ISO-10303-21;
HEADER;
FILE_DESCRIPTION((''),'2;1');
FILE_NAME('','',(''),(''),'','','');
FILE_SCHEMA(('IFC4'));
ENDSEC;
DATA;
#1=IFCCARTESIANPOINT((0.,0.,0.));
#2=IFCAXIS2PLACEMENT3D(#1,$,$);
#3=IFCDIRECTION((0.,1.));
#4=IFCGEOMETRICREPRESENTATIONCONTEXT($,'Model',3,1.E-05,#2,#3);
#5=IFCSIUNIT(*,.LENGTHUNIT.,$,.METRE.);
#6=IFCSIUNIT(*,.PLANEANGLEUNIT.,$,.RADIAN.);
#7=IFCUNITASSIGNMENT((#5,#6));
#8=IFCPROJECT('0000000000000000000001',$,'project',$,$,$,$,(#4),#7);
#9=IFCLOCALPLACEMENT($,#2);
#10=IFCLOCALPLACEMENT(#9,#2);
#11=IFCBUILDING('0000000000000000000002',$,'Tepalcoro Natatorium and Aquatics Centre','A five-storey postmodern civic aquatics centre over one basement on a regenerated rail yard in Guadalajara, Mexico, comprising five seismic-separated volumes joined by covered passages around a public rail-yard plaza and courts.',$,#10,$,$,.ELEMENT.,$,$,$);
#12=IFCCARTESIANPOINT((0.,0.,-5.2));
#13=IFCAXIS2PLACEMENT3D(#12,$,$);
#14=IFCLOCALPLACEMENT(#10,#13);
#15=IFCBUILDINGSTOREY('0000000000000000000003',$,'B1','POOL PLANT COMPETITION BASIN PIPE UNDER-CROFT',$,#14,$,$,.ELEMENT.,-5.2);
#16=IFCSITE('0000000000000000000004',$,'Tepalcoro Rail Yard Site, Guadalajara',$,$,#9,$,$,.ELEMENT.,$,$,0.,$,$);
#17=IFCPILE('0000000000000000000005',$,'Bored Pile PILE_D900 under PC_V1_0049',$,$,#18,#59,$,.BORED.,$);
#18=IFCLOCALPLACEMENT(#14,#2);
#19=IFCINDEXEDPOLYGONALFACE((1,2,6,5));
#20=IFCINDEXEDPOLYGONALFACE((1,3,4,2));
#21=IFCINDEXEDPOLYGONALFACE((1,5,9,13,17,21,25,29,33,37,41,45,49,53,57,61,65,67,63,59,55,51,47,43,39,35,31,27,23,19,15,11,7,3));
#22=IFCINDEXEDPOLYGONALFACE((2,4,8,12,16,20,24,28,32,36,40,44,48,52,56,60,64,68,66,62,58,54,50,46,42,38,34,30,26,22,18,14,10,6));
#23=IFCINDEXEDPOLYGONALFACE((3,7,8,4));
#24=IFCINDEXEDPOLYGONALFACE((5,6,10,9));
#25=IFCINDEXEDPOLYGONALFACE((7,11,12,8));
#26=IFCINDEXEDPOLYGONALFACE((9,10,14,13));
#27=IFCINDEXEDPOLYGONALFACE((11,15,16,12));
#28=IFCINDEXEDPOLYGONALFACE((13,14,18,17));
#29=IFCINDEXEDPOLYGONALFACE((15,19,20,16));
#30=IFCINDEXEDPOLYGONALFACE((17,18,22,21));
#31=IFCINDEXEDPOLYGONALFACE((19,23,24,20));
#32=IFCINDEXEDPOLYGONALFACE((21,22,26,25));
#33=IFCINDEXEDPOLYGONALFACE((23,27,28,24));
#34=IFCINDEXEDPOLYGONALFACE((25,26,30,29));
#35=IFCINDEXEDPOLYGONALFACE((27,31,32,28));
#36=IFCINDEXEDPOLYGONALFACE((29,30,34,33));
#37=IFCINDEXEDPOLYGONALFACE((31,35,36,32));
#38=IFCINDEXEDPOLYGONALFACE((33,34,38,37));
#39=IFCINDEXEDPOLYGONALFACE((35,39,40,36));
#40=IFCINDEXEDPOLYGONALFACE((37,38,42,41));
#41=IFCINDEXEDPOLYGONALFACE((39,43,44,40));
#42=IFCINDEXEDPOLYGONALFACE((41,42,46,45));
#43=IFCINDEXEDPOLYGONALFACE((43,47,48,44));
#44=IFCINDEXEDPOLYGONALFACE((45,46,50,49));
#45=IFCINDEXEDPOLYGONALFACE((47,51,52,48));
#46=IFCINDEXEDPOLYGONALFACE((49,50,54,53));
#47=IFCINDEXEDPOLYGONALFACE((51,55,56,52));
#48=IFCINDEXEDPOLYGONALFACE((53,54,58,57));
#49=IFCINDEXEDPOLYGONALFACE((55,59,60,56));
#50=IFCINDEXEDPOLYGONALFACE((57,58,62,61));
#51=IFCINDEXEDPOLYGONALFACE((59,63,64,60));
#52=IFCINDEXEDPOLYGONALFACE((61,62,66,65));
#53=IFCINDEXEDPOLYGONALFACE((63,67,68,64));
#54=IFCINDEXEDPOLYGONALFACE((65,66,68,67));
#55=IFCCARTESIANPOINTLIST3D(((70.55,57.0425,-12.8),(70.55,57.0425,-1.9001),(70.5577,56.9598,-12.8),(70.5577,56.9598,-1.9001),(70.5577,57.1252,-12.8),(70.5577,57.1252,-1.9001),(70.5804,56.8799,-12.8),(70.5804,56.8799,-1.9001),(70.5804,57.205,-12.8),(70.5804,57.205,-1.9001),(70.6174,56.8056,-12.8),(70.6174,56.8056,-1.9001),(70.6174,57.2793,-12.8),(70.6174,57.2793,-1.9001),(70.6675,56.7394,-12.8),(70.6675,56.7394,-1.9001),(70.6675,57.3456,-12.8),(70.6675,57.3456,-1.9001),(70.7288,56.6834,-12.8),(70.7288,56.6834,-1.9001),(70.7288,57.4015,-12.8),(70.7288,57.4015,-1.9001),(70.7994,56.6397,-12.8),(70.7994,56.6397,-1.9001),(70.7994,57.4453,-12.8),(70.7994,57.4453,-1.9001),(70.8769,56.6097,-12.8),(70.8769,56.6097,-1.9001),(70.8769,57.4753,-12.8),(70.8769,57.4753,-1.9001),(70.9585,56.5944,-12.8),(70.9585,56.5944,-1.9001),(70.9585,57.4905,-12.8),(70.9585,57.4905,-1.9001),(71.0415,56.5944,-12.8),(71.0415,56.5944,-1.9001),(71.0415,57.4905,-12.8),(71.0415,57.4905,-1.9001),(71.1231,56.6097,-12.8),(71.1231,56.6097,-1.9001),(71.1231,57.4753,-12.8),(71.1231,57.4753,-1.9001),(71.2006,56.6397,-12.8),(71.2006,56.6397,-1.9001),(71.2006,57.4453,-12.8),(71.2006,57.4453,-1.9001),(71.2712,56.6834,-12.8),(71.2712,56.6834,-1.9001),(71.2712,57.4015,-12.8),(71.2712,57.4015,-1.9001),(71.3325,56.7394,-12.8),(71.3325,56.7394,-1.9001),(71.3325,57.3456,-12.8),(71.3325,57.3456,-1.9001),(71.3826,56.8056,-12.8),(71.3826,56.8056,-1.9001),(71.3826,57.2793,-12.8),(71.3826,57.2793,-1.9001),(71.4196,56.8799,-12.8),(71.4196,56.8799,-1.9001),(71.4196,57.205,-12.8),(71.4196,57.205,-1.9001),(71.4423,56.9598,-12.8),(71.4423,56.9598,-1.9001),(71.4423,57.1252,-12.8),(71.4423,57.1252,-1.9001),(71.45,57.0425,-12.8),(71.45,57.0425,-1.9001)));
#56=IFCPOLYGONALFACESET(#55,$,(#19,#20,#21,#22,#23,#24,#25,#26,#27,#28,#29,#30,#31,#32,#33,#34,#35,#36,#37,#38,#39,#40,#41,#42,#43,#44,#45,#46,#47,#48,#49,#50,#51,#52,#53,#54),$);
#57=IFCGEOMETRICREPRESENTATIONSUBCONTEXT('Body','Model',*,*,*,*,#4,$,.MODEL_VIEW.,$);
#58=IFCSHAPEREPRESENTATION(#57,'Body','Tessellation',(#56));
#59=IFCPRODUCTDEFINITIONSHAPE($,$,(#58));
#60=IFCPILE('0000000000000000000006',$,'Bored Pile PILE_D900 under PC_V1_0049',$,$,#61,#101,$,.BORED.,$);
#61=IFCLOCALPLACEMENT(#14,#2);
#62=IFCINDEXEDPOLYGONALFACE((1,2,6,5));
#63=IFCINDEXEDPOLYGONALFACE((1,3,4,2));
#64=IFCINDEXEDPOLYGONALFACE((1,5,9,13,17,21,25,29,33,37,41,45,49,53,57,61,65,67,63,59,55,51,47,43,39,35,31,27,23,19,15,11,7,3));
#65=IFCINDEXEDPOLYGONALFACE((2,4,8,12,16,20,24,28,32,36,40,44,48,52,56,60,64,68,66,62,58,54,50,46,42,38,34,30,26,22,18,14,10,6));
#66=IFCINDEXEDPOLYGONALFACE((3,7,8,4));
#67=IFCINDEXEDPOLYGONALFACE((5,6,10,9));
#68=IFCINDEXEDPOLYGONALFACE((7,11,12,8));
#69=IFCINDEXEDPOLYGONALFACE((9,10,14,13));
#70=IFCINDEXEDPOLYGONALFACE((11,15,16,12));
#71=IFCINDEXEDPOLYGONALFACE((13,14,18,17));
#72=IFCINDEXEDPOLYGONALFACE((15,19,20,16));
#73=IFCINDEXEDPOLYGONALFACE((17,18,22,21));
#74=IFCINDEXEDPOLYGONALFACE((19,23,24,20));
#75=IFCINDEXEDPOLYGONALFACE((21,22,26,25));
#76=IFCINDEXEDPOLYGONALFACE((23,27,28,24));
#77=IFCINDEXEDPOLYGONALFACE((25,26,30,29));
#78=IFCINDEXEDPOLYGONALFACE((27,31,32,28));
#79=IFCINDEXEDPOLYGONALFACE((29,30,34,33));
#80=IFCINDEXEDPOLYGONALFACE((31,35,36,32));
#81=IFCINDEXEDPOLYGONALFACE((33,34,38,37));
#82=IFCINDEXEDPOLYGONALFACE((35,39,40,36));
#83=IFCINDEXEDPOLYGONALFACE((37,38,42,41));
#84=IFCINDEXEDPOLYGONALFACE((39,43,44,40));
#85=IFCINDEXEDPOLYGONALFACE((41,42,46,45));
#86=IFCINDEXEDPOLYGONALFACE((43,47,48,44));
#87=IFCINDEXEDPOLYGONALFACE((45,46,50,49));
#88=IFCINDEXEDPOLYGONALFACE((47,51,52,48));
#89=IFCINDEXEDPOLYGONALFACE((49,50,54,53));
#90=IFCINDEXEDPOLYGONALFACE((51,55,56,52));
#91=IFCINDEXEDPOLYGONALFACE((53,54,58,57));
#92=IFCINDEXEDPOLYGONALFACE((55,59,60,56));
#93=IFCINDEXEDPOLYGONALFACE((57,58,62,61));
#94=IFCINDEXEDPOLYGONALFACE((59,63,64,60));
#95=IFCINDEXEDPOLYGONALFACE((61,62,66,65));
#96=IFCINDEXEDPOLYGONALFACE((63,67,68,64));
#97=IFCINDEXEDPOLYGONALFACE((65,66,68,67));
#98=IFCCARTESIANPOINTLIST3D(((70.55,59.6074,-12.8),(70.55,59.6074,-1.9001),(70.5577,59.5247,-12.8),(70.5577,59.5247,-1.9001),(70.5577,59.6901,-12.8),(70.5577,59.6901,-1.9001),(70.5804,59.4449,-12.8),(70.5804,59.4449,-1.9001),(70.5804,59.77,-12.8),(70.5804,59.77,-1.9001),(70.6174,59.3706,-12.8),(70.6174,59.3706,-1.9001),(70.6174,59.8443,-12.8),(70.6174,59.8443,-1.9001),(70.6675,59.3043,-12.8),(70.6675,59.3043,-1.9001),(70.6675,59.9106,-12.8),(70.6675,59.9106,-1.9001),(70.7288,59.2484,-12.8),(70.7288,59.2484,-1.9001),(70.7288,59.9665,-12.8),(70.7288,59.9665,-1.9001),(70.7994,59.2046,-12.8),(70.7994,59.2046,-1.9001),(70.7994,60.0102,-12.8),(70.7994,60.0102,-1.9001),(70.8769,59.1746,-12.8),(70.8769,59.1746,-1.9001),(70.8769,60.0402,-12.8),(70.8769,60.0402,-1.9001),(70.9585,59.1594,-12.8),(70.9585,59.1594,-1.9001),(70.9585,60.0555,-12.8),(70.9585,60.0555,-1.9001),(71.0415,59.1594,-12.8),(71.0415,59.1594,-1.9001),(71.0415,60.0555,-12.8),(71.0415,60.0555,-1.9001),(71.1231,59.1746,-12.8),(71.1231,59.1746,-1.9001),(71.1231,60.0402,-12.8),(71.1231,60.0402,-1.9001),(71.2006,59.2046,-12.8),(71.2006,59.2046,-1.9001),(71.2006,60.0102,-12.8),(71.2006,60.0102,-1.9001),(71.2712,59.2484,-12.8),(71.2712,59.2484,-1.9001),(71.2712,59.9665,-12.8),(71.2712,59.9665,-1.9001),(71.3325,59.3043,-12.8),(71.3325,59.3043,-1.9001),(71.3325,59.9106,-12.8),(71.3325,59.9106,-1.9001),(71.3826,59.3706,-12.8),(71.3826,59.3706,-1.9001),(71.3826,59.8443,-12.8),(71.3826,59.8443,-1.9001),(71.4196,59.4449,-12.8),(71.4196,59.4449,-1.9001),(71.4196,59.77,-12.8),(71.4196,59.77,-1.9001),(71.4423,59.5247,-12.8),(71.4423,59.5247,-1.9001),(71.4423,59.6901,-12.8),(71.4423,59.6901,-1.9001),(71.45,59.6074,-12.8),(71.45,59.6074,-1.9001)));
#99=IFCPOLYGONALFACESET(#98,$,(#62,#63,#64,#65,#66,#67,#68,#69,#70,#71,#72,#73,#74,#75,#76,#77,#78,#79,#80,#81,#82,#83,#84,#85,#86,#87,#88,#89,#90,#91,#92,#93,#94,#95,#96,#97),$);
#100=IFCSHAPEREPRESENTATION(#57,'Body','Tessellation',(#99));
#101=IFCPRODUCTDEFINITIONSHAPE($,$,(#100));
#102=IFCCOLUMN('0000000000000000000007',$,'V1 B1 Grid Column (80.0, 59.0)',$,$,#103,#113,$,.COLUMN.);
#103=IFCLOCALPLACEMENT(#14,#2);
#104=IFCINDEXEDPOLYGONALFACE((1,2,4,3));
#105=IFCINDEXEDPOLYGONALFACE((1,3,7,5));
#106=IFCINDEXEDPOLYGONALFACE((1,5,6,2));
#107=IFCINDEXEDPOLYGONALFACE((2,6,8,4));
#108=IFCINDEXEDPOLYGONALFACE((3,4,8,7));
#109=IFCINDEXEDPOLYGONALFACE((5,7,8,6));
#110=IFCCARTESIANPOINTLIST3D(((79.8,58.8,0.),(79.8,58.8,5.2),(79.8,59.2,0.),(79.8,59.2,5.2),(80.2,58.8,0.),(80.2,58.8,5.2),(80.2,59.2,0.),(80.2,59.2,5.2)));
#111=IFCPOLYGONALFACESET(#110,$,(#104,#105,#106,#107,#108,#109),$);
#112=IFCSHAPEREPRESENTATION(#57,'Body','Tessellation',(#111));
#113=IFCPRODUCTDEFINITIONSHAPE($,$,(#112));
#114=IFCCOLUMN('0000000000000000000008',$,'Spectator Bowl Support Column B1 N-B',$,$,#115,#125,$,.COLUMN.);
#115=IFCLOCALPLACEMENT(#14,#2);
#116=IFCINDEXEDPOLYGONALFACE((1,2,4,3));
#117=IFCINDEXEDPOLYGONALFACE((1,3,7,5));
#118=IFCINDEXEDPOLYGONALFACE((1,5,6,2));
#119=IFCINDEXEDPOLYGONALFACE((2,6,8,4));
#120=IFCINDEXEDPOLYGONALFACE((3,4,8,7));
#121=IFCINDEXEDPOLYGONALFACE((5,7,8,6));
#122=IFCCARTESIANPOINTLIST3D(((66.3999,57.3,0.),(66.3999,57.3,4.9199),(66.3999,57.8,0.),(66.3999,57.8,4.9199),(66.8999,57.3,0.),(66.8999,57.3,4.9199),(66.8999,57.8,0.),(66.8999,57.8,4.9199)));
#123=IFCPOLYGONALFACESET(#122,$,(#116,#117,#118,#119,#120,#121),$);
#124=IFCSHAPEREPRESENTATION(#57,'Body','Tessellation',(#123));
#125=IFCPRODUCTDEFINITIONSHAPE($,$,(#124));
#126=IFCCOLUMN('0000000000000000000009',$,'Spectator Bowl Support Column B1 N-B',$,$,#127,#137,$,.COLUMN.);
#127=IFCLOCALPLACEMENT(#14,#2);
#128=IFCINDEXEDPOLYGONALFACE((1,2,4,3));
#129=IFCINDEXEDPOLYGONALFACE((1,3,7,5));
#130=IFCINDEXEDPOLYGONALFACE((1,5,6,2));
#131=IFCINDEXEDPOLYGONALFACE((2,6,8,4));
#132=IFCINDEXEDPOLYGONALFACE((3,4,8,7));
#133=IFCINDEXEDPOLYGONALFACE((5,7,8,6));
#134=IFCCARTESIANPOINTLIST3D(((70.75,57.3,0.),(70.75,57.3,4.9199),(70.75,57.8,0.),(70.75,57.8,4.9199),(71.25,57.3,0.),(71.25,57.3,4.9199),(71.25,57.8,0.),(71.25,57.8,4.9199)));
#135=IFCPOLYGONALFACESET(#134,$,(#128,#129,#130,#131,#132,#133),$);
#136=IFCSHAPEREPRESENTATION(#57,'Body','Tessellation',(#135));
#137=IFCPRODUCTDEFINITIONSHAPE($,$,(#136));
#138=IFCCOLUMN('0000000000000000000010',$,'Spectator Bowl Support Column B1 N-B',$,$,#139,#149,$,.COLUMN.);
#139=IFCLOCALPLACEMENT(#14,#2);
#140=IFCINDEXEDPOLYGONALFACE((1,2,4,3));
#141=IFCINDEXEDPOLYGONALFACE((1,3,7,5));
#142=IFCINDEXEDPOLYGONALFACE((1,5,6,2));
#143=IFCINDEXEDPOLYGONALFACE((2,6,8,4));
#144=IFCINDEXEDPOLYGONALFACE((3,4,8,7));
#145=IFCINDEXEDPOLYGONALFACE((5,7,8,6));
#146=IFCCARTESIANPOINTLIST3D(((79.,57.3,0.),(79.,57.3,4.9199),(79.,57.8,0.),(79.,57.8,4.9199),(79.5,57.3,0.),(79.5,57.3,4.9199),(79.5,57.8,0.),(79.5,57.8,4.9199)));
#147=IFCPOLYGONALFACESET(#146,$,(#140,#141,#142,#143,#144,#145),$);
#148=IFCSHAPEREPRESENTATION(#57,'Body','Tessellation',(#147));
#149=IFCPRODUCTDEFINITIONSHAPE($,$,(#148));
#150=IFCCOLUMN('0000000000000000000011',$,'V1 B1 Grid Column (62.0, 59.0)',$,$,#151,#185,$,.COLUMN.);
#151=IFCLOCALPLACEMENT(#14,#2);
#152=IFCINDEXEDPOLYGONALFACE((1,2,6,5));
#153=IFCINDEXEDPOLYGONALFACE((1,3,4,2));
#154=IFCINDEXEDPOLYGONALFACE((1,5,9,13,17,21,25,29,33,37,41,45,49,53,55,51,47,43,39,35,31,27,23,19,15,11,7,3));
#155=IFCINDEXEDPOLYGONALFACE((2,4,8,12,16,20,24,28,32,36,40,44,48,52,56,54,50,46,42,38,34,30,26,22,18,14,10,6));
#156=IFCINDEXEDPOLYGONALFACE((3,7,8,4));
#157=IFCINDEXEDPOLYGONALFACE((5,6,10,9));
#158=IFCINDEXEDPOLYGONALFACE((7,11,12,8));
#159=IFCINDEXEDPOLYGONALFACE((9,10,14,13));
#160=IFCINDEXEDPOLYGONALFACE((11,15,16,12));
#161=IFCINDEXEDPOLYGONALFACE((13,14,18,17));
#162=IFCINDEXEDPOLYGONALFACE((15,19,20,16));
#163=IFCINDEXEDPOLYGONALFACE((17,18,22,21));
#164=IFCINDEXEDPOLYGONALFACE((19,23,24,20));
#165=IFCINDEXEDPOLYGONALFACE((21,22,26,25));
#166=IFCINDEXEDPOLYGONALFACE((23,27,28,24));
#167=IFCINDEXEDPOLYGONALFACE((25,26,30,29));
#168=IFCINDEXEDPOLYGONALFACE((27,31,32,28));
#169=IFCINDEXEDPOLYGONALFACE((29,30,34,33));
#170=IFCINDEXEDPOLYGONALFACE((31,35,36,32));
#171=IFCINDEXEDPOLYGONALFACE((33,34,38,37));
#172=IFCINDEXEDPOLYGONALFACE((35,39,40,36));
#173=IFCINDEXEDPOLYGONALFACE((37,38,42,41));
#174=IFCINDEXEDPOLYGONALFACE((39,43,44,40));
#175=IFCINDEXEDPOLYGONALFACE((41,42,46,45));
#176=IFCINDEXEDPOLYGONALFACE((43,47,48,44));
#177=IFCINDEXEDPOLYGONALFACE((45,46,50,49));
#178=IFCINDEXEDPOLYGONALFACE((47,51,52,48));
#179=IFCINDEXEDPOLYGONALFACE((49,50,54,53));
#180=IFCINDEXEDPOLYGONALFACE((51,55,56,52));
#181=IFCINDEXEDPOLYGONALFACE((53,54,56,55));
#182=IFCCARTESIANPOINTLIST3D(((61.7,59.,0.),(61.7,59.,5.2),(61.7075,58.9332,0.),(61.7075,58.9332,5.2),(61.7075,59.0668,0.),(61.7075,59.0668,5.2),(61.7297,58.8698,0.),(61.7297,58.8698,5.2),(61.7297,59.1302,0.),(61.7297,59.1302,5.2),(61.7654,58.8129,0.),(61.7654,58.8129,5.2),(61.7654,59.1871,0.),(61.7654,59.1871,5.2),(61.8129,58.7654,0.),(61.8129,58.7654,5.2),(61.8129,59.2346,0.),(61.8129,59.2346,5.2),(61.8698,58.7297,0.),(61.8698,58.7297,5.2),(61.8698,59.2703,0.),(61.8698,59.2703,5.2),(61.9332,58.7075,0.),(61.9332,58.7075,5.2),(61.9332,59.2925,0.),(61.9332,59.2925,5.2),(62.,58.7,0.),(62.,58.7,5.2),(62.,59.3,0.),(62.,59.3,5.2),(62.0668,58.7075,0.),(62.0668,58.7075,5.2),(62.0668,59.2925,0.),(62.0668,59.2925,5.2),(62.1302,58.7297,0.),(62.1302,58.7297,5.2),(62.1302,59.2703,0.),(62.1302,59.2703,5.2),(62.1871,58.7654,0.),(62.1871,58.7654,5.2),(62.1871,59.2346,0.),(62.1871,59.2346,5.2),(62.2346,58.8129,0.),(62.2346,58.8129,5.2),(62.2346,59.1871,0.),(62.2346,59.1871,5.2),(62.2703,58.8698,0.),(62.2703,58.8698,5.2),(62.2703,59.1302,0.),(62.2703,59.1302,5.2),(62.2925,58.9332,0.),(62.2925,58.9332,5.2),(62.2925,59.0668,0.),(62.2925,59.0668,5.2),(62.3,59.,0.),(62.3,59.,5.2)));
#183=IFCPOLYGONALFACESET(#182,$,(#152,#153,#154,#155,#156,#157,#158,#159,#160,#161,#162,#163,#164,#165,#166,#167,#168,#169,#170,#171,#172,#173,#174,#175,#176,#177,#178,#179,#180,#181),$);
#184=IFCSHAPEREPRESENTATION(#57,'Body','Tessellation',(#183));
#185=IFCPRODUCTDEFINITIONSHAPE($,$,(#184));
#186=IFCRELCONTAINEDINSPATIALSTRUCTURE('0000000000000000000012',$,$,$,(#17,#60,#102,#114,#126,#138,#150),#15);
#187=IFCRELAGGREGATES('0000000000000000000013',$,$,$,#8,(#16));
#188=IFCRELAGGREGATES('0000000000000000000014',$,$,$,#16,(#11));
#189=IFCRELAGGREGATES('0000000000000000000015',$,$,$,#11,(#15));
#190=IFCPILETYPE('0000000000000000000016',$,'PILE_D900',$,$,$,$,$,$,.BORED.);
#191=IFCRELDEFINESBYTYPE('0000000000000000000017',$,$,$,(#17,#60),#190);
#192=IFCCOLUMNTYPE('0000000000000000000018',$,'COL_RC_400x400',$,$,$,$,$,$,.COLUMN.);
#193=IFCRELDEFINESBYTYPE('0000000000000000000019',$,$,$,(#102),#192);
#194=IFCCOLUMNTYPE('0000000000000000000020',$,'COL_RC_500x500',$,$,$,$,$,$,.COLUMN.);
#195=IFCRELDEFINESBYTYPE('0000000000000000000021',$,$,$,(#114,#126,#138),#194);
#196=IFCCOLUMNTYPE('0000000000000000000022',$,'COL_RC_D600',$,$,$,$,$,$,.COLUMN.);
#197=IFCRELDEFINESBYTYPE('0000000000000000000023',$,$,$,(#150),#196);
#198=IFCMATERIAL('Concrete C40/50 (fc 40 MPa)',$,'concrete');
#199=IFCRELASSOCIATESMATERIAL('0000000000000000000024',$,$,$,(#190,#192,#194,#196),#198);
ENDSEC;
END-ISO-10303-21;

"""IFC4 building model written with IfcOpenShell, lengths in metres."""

from ifc_helpers import new_model, si_unit, direction, frame, origin, origin_2d, place, context, subcontext, project, spatial, rectangle, circle, extrude, material, material_profile, profile_set, type_object, element, save


model = new_model("IFC4")

# Units and contexts
model_context = context("Model", 3, precision=1e-05, world=origin(), true_north=direction((0.0, 1.0)))
body_context = subcontext(model_context, "Body", "Model", "MODEL_VIEW")
ifc_project = project(units=[si_unit("LENGTHUNIT", "METRE"), si_unit("PLANEANGLEUNIT", "RADIAN")], contexts=[model_context])

# Site, building, storey
site_placement = place(None, origin())
site = spatial("IfcSite", under=ifc_project, at=site_placement, Name="Tepalcoro Rail Yard Site, Guadalajara", CompositionType="ELEMENT", RefElevation=0.0)
building_placement = place(site_placement, origin())
building = spatial("IfcBuilding", under=site, at=building_placement, Name="Tepalcoro Natatorium and Aquatics Centre", Description="A five-storey postmodern civic aquatics centre over one basement on a regenerated rail yard in Guadalajara, Mexico, comprising five seismic-separated volumes joined by covered passages around a public rail-yard plaza and courts.", CompositionType="ELEMENT")
storey_placement = place(building_placement, frame((0.0, 0.0, -5.2)))
storey = spatial("IfcBuildingStorey", under=building, at=storey_placement, Name="B1", Description="POOL PLANT COMPETITION BASIN PIPE UNDER-CROFT", CompositionType="ELEMENT", Elevation=-5.2)

# Piles
ifc_material_1 = material(Name="Concrete C40/50 (fc 40 MPa)", Category="concrete")
ifc_material_profile_1 = material_profile(ifc_material_1, circle(Radius=0.45, at=origin_2d()), Name="PILE_D900")
ifc_profile_set_1 = profile_set([ifc_material_profile_1], Name="Concrete C40/50 (fc 40 MPa)")
pile_type_1 = type_object("IfcPileType", Name="PILE_D900", PredefinedType="BORED", material=ifc_profile_set_1)
for number, where, z_axis, x_axis, name in (
    (1, (71.0, 57.0425, -1.9001), (0.0, 0.0, -1.0), (1.0, 0.0, 0.0), "Bored Pile PILE_D900 under PC_V1_0049"),
    (2, (71.0, 59.6074, -1.9001), (0.0, 0.0, -1.0), (1.0, 0.0, 0.0), "Bored Pile PILE_D900 under PC_V1_0049"),
):
    element("IfcPile", number, at=place(storey_placement, frame(where, z_axis=z_axis, x_axis=x_axis)), inside=storey, type_object=pile_type_1, Name=name, PredefinedType="BORED", context=body_context, shape_type="SweptSolid", body=[
        extrude(circle(Radius=0.45, at=origin_2d()), origin(), (0.0, 0.0, 1.0), 10.8999),
    ])

# Columns
ifc_material_profile_2 = material_profile(ifc_material_1, rectangle(XDim=0.3999, YDim=0.3999, at=origin_2d()), Name="RC400x400")
ifc_profile_set_2 = profile_set([ifc_material_profile_2], Name="Concrete C40/50 (fc 40 MPa)")
column_type_1 = type_object("IfcColumnType", Name="COL_RC_400x400", PredefinedType="COLUMN", material=ifc_profile_set_2)
column_1_placement = place(storey_placement, frame((80.0, 59.0, 0.0), z_axis=(0.0, 0.0, 1.0), x_axis=(1.0, 0.0, 0.0)))
element("IfcColumn", 3, at=column_1_placement, inside=storey, type_object=column_type_1, Name="V1 B1 Grid Column (80.0, 59.0)", PredefinedType="COLUMN", context=body_context, shape_type="SweptSolid", body=[
    extrude(rectangle(XDim=0.3999, YDim=0.3999, at=origin_2d()), origin(), (0.0, 0.0, 1.0), 5.2),
])
ifc_material_profile_3 = material_profile(ifc_material_1, rectangle(XDim=0.5, YDim=0.5, at=origin_2d()), Name="RC500x500")
ifc_profile_set_3 = profile_set([ifc_material_profile_3], Name="Concrete C40/50 (fc 40 MPa)")
column_type_2 = type_object("IfcColumnType", Name="COL_RC_500x500", PredefinedType="COLUMN", material=ifc_profile_set_3)
for number, where, z_axis, x_axis, name in (
    (4, (66.6499, 57.55, 0.0), (0.0, 0.0, 1.0), (1.0, 0.0, 0.0), "Spectator Bowl Support Column B1 N-B"),
    (5, (71.0, 57.55, 0.0), (0.0, 0.0, 1.0), (1.0, 0.0, 0.0), "Spectator Bowl Support Column B1 N-B"),
    (6, (79.25, 57.55, 0.0), (0.0, 0.0, 1.0), (1.0, 0.0, 0.0), "Spectator Bowl Support Column B1 N-B"),
):
    element("IfcColumn", number, at=place(storey_placement, frame(where, z_axis=z_axis, x_axis=x_axis)), inside=storey, type_object=column_type_2, Name=name, PredefinedType="COLUMN", context=body_context, shape_type="SweptSolid", body=[
        extrude(rectangle(XDim=0.5, YDim=0.5, at=origin_2d()), origin(), (0.0, 0.0, 1.0), 4.9199),
    ])
ifc_material_profile_4 = material_profile(ifc_material_1, circle(Radius=0.3, at=origin_2d()), Name="RCD600")
ifc_profile_set_4 = profile_set([ifc_material_profile_4], Name="Concrete C40/50 (fc 40 MPa)")
column_type_3 = type_object("IfcColumnType", Name="COL_RC_D600", PredefinedType="COLUMN", material=ifc_profile_set_4)
column_2_placement = place(storey_placement, frame((62.0, 59.0, 0.0), z_axis=(0.0, 0.0, 1.0), x_axis=(1.0, 0.0, 0.0)))
element("IfcColumn", 7, at=column_2_placement, inside=storey, type_object=column_type_3, Name="V1 B1 Grid Column (62.0, 59.0)", PredefinedType="COLUMN", context=body_context, shape_type="SweptSolid", body=[
    extrude(circle(Radius=0.3, at=origin_2d()), origin(), (0.0, 0.0, 1.0), 5.2),
])

save(model, "model.ifc")
